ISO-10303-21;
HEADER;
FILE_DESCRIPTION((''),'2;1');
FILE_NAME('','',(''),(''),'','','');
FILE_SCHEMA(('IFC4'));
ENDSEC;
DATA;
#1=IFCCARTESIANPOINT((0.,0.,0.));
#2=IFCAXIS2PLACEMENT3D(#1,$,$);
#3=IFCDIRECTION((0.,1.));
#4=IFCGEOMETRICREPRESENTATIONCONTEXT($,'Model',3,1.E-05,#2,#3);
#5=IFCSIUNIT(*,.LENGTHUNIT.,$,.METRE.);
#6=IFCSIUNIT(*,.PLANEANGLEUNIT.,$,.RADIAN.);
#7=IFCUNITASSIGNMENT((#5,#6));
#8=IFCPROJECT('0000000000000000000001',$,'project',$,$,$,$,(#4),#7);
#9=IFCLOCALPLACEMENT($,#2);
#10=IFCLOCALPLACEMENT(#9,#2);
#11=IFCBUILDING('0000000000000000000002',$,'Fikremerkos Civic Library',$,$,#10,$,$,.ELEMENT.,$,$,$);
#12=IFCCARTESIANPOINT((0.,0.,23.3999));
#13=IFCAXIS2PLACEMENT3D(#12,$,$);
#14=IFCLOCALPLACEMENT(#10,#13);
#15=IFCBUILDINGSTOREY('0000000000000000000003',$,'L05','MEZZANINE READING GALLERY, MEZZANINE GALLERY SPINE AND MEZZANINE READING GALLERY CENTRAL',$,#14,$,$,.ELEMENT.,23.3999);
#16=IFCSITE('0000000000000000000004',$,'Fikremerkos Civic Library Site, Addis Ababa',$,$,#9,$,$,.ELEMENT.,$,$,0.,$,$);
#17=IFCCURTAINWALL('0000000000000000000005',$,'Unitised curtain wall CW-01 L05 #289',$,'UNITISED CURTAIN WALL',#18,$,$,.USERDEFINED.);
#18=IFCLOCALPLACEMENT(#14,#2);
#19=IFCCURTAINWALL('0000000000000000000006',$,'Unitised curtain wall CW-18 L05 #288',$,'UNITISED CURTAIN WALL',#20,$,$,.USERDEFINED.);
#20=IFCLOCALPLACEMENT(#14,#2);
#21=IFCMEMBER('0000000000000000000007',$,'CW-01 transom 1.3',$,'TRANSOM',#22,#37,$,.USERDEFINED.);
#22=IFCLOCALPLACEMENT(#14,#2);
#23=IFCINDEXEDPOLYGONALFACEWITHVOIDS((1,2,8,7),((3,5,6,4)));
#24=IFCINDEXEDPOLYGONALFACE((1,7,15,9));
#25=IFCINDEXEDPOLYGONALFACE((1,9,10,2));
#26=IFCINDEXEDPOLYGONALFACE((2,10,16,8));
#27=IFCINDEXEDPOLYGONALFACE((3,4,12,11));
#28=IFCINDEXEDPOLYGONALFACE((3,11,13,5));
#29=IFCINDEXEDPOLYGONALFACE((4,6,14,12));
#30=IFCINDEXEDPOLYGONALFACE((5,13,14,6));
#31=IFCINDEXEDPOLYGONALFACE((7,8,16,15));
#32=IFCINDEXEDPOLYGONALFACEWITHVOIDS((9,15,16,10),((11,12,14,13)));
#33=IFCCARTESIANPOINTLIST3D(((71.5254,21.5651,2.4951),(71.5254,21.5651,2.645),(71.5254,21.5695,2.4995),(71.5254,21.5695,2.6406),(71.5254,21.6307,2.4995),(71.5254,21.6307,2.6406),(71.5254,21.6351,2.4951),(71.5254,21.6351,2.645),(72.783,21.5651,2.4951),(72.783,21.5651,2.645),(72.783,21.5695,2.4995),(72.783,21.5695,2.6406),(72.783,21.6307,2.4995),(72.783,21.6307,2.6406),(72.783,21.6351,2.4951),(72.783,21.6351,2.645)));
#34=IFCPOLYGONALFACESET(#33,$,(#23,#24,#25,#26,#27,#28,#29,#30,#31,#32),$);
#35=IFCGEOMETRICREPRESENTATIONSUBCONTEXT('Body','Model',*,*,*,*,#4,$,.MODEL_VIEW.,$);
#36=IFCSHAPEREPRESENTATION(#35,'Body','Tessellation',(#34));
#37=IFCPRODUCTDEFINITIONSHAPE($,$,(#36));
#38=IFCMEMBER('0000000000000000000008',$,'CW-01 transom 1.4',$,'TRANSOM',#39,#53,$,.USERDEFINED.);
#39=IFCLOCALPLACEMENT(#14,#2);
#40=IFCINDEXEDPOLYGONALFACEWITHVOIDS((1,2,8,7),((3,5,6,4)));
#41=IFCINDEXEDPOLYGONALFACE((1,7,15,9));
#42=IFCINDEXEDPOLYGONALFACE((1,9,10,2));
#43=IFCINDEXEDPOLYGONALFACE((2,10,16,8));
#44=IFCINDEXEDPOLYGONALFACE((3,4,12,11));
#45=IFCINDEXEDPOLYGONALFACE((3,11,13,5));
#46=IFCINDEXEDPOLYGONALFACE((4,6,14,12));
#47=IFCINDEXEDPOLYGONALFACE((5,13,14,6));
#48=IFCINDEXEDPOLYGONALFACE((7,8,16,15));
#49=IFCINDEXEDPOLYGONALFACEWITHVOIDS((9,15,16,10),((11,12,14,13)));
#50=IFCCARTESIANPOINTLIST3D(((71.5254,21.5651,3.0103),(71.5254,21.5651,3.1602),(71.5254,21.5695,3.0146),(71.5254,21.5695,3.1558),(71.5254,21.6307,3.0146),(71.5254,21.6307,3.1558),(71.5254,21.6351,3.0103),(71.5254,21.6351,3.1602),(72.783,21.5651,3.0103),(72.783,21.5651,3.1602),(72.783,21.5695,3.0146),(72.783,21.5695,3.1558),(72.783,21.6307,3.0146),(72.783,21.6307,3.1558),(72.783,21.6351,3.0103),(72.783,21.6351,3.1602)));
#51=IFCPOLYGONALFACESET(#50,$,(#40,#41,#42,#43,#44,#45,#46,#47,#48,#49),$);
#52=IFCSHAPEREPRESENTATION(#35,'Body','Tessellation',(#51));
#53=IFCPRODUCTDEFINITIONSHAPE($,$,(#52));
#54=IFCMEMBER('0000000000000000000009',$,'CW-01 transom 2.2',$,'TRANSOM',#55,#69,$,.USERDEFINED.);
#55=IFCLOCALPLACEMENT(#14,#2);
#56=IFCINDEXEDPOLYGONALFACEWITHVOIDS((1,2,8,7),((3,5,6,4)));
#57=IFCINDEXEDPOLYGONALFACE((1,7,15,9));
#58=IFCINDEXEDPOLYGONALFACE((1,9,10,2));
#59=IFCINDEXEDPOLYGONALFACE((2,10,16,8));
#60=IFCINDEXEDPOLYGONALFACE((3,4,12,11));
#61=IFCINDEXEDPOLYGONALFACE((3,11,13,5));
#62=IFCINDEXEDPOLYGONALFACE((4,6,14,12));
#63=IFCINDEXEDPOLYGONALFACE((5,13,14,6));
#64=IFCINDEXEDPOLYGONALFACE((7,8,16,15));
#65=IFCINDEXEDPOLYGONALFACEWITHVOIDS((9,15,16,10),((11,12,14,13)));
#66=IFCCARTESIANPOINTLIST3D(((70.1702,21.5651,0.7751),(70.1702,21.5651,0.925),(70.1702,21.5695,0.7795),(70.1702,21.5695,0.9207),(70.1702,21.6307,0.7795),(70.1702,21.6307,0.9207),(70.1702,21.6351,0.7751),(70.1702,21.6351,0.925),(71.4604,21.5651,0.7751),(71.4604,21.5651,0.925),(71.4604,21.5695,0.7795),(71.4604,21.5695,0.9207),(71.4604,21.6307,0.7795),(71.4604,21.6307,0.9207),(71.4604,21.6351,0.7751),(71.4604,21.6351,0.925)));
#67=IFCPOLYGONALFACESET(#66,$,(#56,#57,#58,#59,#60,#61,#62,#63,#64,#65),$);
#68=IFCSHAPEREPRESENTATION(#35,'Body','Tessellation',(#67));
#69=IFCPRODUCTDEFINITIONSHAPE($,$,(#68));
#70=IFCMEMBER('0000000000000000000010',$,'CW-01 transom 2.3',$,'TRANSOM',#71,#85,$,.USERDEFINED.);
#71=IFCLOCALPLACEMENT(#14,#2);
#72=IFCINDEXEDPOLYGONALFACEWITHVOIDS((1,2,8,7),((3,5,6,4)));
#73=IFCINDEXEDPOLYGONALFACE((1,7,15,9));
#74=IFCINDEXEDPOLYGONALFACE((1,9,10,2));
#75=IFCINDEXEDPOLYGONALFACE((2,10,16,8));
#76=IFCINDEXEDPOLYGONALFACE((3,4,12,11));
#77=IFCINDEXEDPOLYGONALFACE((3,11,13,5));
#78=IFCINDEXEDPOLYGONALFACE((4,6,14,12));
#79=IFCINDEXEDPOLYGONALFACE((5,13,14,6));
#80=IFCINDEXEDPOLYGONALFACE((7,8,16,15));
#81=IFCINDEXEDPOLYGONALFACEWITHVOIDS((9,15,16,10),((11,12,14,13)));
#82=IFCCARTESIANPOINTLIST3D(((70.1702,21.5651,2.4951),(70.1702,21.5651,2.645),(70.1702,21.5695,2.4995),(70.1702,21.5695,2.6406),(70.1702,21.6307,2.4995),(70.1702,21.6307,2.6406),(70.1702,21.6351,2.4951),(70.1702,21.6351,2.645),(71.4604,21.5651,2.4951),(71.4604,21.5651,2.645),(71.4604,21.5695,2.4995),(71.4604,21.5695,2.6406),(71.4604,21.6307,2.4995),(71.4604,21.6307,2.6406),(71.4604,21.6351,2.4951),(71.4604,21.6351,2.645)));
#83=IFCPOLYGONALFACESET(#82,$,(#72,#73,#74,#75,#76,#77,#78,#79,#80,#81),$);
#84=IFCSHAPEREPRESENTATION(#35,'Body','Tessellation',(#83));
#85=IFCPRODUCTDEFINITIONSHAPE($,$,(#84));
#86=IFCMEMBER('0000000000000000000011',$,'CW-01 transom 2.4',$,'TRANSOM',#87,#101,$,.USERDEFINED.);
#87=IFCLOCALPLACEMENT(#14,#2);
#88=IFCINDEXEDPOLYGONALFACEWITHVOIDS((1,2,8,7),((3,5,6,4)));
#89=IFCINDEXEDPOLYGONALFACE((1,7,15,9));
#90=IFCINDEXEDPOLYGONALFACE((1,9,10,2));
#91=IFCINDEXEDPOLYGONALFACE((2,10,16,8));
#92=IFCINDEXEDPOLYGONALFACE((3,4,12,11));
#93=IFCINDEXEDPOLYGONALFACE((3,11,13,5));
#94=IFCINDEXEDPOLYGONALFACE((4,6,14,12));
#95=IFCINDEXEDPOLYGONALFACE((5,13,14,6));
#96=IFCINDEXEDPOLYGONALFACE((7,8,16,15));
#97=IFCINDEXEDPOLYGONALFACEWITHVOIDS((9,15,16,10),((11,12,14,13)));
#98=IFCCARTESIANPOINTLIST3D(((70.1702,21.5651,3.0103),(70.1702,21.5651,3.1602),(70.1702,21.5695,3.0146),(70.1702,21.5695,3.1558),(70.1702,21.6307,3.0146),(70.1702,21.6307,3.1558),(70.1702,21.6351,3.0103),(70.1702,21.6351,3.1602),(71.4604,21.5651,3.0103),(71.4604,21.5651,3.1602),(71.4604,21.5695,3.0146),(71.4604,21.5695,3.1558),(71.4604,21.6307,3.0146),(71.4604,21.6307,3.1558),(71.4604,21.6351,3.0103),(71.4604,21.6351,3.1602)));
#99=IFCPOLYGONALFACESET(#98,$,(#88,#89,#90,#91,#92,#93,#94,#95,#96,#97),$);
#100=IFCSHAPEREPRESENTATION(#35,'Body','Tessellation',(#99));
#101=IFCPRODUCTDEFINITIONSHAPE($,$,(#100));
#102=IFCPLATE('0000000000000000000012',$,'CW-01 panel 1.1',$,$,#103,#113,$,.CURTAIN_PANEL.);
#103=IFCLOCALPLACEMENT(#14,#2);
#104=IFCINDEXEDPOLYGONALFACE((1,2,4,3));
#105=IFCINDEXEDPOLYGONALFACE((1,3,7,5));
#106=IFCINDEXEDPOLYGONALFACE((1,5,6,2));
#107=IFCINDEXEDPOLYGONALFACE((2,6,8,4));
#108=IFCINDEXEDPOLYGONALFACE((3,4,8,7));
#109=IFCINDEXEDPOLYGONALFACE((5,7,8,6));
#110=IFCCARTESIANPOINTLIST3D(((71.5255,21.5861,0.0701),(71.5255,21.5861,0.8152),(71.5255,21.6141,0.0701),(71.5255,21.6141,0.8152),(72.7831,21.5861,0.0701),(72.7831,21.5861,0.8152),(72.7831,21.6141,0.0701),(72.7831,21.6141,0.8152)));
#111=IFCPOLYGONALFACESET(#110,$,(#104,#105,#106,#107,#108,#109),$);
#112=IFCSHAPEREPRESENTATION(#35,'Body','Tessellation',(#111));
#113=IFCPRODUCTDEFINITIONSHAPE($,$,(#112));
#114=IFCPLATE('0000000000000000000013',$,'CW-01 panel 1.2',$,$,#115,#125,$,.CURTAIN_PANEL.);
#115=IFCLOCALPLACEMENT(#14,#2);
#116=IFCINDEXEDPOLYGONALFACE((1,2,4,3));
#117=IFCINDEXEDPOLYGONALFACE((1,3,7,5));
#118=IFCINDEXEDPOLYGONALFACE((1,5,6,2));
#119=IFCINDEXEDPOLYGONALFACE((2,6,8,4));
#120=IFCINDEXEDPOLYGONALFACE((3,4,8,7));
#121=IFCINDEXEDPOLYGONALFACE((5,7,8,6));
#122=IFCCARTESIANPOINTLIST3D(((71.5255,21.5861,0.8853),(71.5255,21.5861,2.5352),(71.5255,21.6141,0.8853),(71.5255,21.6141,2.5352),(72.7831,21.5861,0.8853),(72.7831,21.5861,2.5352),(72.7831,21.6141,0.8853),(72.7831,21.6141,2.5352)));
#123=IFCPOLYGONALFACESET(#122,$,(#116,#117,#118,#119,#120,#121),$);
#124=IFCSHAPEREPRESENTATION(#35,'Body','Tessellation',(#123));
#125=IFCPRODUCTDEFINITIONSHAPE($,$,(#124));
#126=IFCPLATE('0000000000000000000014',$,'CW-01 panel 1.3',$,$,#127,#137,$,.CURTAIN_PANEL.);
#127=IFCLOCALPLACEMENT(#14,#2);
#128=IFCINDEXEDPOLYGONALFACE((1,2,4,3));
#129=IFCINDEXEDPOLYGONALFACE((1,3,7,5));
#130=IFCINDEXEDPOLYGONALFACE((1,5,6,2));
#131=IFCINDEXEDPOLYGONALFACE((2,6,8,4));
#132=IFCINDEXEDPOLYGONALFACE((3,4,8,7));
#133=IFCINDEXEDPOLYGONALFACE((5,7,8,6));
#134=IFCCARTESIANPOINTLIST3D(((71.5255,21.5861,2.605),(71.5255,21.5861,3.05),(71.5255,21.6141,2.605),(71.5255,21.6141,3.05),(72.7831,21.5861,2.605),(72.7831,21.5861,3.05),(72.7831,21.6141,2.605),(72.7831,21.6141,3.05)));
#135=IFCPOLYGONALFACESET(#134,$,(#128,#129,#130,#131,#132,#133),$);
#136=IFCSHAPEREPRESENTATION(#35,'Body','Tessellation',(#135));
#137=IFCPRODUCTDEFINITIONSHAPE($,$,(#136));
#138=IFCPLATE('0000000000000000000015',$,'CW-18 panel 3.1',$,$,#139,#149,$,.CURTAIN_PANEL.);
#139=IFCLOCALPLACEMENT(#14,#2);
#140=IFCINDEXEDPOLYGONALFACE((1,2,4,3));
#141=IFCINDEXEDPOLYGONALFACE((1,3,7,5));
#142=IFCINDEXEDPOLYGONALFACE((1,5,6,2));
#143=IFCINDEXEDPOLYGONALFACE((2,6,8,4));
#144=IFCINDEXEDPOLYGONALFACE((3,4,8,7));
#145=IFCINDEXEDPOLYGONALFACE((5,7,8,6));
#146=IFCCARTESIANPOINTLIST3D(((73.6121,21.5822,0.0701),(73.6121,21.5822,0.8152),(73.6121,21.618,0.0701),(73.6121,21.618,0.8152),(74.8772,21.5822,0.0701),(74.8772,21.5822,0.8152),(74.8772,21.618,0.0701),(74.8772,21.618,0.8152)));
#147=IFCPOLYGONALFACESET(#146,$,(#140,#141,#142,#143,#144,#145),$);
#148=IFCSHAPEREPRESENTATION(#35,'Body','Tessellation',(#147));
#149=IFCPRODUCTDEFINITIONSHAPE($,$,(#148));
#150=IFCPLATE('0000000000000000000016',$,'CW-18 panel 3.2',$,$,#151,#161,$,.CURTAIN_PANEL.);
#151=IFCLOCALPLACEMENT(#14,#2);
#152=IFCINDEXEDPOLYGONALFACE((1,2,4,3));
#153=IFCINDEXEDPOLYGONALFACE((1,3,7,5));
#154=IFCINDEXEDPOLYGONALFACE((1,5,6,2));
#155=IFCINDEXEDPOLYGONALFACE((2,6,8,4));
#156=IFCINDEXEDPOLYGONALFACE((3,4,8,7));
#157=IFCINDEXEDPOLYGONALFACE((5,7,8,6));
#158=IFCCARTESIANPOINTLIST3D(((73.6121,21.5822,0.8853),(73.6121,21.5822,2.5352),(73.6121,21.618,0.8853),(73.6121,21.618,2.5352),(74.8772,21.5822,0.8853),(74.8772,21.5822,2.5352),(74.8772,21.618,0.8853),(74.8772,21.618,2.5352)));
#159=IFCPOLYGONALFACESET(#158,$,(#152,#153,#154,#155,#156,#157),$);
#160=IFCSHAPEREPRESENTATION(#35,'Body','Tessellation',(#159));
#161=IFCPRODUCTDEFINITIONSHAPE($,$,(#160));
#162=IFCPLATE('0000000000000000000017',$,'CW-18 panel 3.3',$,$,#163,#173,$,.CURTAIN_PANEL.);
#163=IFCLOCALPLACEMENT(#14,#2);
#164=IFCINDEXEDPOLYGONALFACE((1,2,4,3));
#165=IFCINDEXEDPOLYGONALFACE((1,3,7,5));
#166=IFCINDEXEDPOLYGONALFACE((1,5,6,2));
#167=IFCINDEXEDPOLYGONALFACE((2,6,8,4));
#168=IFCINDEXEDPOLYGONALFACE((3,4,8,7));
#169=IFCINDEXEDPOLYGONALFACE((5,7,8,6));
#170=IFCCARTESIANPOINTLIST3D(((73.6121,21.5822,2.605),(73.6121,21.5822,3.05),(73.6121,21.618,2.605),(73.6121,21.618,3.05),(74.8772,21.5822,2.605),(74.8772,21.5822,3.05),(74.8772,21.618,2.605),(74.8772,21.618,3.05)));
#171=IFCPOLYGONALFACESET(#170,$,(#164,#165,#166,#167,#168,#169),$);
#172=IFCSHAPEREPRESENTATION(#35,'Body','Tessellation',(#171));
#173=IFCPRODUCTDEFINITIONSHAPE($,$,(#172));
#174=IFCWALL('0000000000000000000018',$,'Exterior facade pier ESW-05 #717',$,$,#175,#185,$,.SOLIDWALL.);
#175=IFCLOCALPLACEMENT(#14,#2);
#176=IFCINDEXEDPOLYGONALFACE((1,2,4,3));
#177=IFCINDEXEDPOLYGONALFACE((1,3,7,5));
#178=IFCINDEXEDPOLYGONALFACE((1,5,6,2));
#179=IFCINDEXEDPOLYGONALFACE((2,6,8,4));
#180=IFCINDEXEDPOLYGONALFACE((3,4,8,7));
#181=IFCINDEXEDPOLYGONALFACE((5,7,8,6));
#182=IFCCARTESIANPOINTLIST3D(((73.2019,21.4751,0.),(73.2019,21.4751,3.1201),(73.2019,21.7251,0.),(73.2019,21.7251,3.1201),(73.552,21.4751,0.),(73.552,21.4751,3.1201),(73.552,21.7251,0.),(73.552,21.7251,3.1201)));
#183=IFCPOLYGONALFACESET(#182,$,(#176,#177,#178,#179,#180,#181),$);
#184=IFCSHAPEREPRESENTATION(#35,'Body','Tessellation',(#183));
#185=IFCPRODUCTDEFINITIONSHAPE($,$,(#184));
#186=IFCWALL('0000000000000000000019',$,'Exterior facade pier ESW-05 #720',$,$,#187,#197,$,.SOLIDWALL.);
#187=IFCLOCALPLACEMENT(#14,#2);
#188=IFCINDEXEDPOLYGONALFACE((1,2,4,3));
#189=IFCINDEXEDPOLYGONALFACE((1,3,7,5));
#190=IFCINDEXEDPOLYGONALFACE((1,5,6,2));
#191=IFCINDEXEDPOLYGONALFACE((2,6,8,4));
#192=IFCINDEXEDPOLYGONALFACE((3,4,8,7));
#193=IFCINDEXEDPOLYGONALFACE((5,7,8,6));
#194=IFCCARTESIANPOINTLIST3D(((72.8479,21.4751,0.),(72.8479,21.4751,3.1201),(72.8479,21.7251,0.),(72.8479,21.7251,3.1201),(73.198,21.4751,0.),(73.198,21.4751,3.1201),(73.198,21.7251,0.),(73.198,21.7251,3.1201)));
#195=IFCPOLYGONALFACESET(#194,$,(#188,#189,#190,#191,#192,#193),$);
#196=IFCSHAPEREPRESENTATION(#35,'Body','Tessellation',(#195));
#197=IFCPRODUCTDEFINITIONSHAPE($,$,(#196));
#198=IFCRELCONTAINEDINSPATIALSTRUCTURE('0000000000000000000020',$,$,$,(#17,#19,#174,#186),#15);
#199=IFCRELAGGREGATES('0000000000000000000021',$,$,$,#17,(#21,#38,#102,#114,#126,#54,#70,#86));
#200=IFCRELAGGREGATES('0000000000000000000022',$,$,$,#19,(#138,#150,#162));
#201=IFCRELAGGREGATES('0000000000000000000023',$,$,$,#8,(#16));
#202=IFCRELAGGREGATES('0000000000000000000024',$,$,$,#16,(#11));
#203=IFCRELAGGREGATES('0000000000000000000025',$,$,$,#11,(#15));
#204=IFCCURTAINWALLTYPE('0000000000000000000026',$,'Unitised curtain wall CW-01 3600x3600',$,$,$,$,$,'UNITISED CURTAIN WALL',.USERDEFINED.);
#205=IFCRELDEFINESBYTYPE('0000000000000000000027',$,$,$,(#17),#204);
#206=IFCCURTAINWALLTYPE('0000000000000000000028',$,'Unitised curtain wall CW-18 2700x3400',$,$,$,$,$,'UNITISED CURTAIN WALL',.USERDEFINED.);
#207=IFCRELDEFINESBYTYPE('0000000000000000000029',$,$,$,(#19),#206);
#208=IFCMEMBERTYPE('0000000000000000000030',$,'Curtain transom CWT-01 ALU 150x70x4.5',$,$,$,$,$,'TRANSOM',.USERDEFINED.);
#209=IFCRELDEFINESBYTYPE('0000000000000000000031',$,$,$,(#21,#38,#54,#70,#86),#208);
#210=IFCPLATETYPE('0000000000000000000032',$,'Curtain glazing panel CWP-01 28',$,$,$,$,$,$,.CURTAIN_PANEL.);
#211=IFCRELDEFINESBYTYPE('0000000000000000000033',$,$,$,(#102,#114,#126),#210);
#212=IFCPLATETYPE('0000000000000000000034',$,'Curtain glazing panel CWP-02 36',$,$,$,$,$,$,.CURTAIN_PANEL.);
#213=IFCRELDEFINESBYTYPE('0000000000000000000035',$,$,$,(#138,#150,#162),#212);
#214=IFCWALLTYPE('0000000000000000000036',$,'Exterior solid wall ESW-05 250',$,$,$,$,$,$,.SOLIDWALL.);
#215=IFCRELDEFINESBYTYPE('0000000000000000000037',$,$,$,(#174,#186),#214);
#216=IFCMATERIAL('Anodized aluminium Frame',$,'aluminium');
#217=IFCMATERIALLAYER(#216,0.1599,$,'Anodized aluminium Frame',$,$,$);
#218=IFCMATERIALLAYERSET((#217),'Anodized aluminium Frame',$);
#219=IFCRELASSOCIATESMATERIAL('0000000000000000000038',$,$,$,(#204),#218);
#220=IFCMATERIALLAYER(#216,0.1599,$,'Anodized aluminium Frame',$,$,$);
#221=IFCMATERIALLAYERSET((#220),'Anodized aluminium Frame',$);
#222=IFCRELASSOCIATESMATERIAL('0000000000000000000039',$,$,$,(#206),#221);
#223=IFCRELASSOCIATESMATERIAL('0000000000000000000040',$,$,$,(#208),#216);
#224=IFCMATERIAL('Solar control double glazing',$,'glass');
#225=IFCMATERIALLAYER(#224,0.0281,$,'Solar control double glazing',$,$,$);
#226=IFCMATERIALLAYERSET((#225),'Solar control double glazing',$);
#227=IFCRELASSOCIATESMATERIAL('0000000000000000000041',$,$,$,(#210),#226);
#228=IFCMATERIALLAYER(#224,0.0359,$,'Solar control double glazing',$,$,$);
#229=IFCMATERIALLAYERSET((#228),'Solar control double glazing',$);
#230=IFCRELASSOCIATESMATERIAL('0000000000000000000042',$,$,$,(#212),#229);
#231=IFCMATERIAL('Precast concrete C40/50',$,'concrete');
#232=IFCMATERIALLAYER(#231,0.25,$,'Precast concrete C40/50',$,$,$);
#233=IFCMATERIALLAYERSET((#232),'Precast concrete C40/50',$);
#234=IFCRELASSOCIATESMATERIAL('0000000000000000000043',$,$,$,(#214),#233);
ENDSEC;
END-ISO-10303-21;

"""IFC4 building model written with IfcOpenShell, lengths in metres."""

from ifc_helpers import new_model, si_unit, direction, frame, frame_2d, origin, origin_2d, place, context, subcontext, project, spatial, rectangle, hollow_rectangle, extrude, material, layer, layer_set, material_profile, profile_set, type_object, element, aggregate, save


model = new_model("IFC4")

# Units and contexts
model_context = context("Model", 3, precision=1e-05, world=origin(), true_north=direction((0.0, 1.0)))
body_context = subcontext(model_context, "Body", "Model", "MODEL_VIEW")
ifc_project = project(units=[si_unit("LENGTHUNIT", "METRE"), si_unit("PLANEANGLEUNIT", "RADIAN")], contexts=[model_context])

# Site, building, storey
site_placement = place(None, origin())
site = spatial("IfcSite", under=ifc_project, at=site_placement, Name="Fikremerkos Civic Library Site, Addis Ababa", CompositionType="ELEMENT", RefElevation=0.0)
building_placement = place(site_placement, origin())
building = spatial("IfcBuilding", under=site, at=building_placement, Name="Fikremerkos Civic Library", CompositionType="ELEMENT")
storey_placement = place(building_placement, frame((0.0, 0.0, 23.3999)))
storey = spatial("IfcBuildingStorey", under=building, at=storey_placement, Name="L05", Description="MEZZANINE READING GALLERY, MEZZANINE GALLERY SPINE AND MEZZANINE READING GALLERY CENTRAL", CompositionType="ELEMENT", Elevation=23.3999)

# Curtain walls
ifc_material_1 = material(Name="Anodized aluminium Frame", Category="aluminium")
ifc_layer_1 = layer(ifc_material_1, 0.1599, Name="Anodized aluminium Frame")
ifc_layer_set_1 = layer_set([ifc_layer_1], Name="Anodized aluminium Frame")
curtain_wall_type_1 = type_object("IfcCurtainWallType", Name="Unitised curtain wall CW-01 3600x3600", ElementType="UNITISED CURTAIN WALL", PredefinedType="USERDEFINED", material=ifc_layer_set_1)
curtain_wall_1_placement = place(storey_placement, origin())
curtain_wall_1 = element("IfcCurtainWall", 1, at=curtain_wall_1_placement, inside=storey, type_object=curtain_wall_type_1, Name="Unitised curtain wall CW-01 L05 #289", ObjectType="UNITISED CURTAIN WALL", PredefinedType="USERDEFINED")
ifc_layer_2 = layer(ifc_material_1, 0.1599, Name="Anodized aluminium Frame")
ifc_layer_set_2 = layer_set([ifc_layer_2], Name="Anodized aluminium Frame")
curtain_wall_type_2 = type_object("IfcCurtainWallType", Name="Unitised curtain wall CW-18 2700x3400", ElementType="UNITISED CURTAIN WALL", PredefinedType="USERDEFINED", material=ifc_layer_set_2)
curtain_wall_2_placement = place(storey_placement, origin())
curtain_wall_2 = element("IfcCurtainWall", 2, at=curtain_wall_2_placement, inside=storey, type_object=curtain_wall_type_2, Name="Unitised curtain wall CW-18 L05 #288", ObjectType="UNITISED CURTAIN WALL", PredefinedType="USERDEFINED")
ifc_material_profile_1 = material_profile(ifc_material_1, hollow_rectangle(XDim=0.0701, YDim=0.1499, WallThickness=0.0044, at=origin_2d()), Name="ALU 150x70x4.5")
ifc_profile_set_1 = profile_set([ifc_material_profile_1], Name="Anodized aluminium Frame")
member_type_1 = type_object("IfcMemberType", Name="Curtain transom CWT-01 ALU 150x70x4.5", ElementType="TRANSOM", PredefinedType="USERDEFINED", material=ifc_profile_set_1)

# Members
member_1_placement = place(storey_placement, frame((72.783, 21.6001, 2.5701), z_axis=(-1.0, 0.0, 0.0), x_axis=(0.0, -1.0, 0.0)))
member_1 = element("IfcMember", 3, at=member_1_placement, type_object=member_type_1, Name="CW-01 transom 1.3", ObjectType="TRANSOM", PredefinedType="USERDEFINED", context=body_context, shape_type="SweptSolid", body=[
    extrude(hollow_rectangle(XDim=0.0701, YDim=0.1499, WallThickness=0.0044, at=origin_2d()), origin(), (0.0, 0.0, 1.0), 1.2576),
])
member_2_placement = place(storey_placement, frame((72.783, 21.6001, 3.0852), z_axis=(-1.0, 0.0, 0.0), x_axis=(0.0, -1.0, 0.0)))
member_2 = element("IfcMember", 4, at=member_2_placement, type_object=member_type_1, Name="CW-01 transom 1.4", ObjectType="TRANSOM", PredefinedType="USERDEFINED", context=body_context, shape_type="SweptSolid", body=[
    extrude(hollow_rectangle(XDim=0.0701, YDim=0.1499, WallThickness=0.0044, at=origin_2d()), origin(), (0.0, 0.0, 1.0), 1.2576),
])
member_3_placement = place(storey_placement, frame((71.4604, 21.6001, 0.8501), z_axis=(-1.0, 0.0, 0.0), x_axis=(0.0, -1.0, 0.0)))
member_3 = element("IfcMember", 5, at=member_3_placement, type_object=member_type_1, Name="CW-01 transom 2.2", ObjectType="TRANSOM", PredefinedType="USERDEFINED", context=body_context, shape_type="SweptSolid", body=[
    extrude(hollow_rectangle(XDim=0.0701, YDim=0.1499, WallThickness=0.0044, at=origin_2d()), origin(), (0.0, 0.0, 1.0), 1.2903),
])
member_4_placement = place(storey_placement, frame((71.4604, 21.6001, 2.5701), z_axis=(-1.0, 0.0, 0.0), x_axis=(0.0, -1.0, 0.0)))
member_4 = element("IfcMember", 6, at=member_4_placement, type_object=member_type_1, Name="CW-01 transom 2.3", ObjectType="TRANSOM", PredefinedType="USERDEFINED", context=body_context, shape_type="SweptSolid", body=[
    extrude(hollow_rectangle(XDim=0.0701, YDim=0.1499, WallThickness=0.0044, at=origin_2d()), origin(), (0.0, 0.0, 1.0), 1.2903),
])
member_5_placement = place(storey_placement, frame((71.4604, 21.6001, 3.0852), z_axis=(-1.0, 0.0, 0.0), x_axis=(0.0, -1.0, 0.0)))
member_5 = element("IfcMember", 7, at=member_5_placement, type_object=member_type_1, Name="CW-01 transom 2.4", ObjectType="TRANSOM", PredefinedType="USERDEFINED", context=body_context, shape_type="SweptSolid", body=[
    extrude(hollow_rectangle(XDim=0.0701, YDim=0.1499, WallThickness=0.0044, at=origin_2d()), origin(), (0.0, 0.0, 1.0), 1.2903),
])

# Plates
ifc_material_2 = material(Name="Solar control double glazing", Category="glass")
ifc_layer_3 = layer(ifc_material_2, 0.0281, Name="Solar control double glazing")
ifc_layer_set_3 = layer_set([ifc_layer_3], Name="Solar control double glazing")
plate_type_1 = type_object("IfcPlateType", Name="Curtain glazing panel CWP-01 28", PredefinedType="CURTAIN_PANEL", material=ifc_layer_set_3)
plate_1_placement = place(storey_placement, frame((72.1543, 21.6001, 0.0701), z_axis=(0.0, 0.0, 1.0), x_axis=(-1.0, 0.0, 0.0)))
plate_1 = element("IfcPlate", 8, at=plate_1_placement, type_object=plate_type_1, Name="CW-01 panel 1.1", PredefinedType="CURTAIN_PANEL", context=body_context, shape_type="SweptSolid", body=[
    extrude(rectangle(XDim=1.2576, YDim=0.0281, at=origin_2d()), origin(), (0.0, 0.0, 1.0), 0.7451),
])
plate_2_placement = place(storey_placement, frame((72.1543, 21.6001, 0.8853), z_axis=(0.0, 0.0, 1.0), x_axis=(-1.0, 0.0, 0.0)))
plate_2 = element("IfcPlate", 9, at=plate_2_placement, type_object=plate_type_1, Name="CW-01 panel 1.2", PredefinedType="CURTAIN_PANEL", context=body_context, shape_type="SweptSolid", body=[
    extrude(rectangle(XDim=1.2576, YDim=0.0281, at=origin_2d()), origin(), (0.0, 0.0, 1.0), 1.6499),
])
plate_3_placement = place(storey_placement, frame((72.1543, 21.6001, 2.605), z_axis=(0.0, 0.0, 1.0), x_axis=(-1.0, 0.0, 0.0)))
plate_3 = element("IfcPlate", 10, at=plate_3_placement, type_object=plate_type_1, Name="CW-01 panel 1.3", PredefinedType="CURTAIN_PANEL", context=body_context, shape_type="SweptSolid", body=[
    extrude(rectangle(XDim=1.2576, YDim=0.0281, at=origin_2d()), origin(), (0.0, 0.0, 1.0), 0.4451),
])
aggregate(curtain_wall_1, [member_1, member_2, plate_1, plate_2, plate_3, member_3, member_4, member_5])
ifc_layer_4 = layer(ifc_material_2, 0.0359, Name="Solar control double glazing")
ifc_layer_set_4 = layer_set([ifc_layer_4], Name="Solar control double glazing")
plate_type_2 = type_object("IfcPlateType", Name="Curtain glazing panel CWP-02 36", PredefinedType="CURTAIN_PANEL", material=ifc_layer_set_4)
plate_4_placement = place(storey_placement, frame((74.2446, 21.6001, 0.0701), z_axis=(0.0, 0.0, 1.0), x_axis=(-1.0, 0.0, 0.0)))
plate_4 = element("IfcPlate", 11, at=plate_4_placement, type_object=plate_type_2, Name="CW-18 panel 3.1", PredefinedType="CURTAIN_PANEL", context=body_context, shape_type="SweptSolid", body=[
    extrude(rectangle(XDim=1.2651, YDim=0.0359, at=origin_2d()), origin(), (0.0, 0.0, 1.0), 0.7451),
])
plate_5_placement = place(storey_placement, frame((74.2446, 21.6001, 0.8853), z_axis=(0.0, 0.0, 1.0), x_axis=(-1.0, 0.0, 0.0)))
plate_5 = element("IfcPlate", 12, at=plate_5_placement, type_object=plate_type_2, Name="CW-18 panel 3.2", PredefinedType="CURTAIN_PANEL", context=body_context, shape_type="SweptSolid", body=[
    extrude(rectangle(XDim=1.2651, YDim=0.0359, at=origin_2d()), origin(), (0.0, 0.0, 1.0), 1.6499),
])
plate_6_placement = place(storey_placement, frame((74.2446, 21.6001, 2.605), z_axis=(0.0, 0.0, 1.0), x_axis=(-1.0, 0.0, 0.0)))
plate_6 = element("IfcPlate", 13, at=plate_6_placement, type_object=plate_type_2, Name="CW-18 panel 3.3", PredefinedType="CURTAIN_PANEL", context=body_context, shape_type="SweptSolid", body=[
    extrude(rectangle(XDim=1.2651, YDim=0.0359, at=origin_2d()), origin(), (0.0, 0.0, 1.0), 0.4451),
])
aggregate(curtain_wall_2, [plate_4, plate_5, plate_6])

# Walls
ifc_material_3 = material(Name="Precast concrete C40/50", Category="concrete")
ifc_layer_5 = layer(ifc_material_3, 0.25, Name="Precast concrete C40/50")
ifc_layer_set_5 = layer_set([ifc_layer_5], Name="Precast concrete C40/50")
wall_type = type_object("IfcWallType", Name="Exterior solid wall ESW-05 250", PredefinedType="SOLIDWALL", material=ifc_layer_set_5)
for number, where, z_axis, x_axis, name in (
    (14, (73.552, 21.6001, 0.0), (0.0, 0.0, 1.0), (-1.0, 0.0, 0.0), "Exterior facade pier ESW-05 #717"),
    (15, (73.198, 21.6001, 0.0), (0.0, 0.0, 1.0), (-1.0, 0.0, 0.0), "Exterior facade pier ESW-05 #720"),
):
    element("IfcWall", number, at=place(storey_placement, frame(where, z_axis=z_axis, x_axis=x_axis)), inside=storey, type_object=wall_type, Name=name, PredefinedType="SOLIDWALL", context=body_context, shape_type="SweptSolid", body=[
        extrude(rectangle(XDim=0.3501, YDim=0.25, at=frame_2d((0.175, 0.0))), origin(), (0.0, 0.0, 1.0), 3.1201),
    ])

save(model, "model.ifc")
